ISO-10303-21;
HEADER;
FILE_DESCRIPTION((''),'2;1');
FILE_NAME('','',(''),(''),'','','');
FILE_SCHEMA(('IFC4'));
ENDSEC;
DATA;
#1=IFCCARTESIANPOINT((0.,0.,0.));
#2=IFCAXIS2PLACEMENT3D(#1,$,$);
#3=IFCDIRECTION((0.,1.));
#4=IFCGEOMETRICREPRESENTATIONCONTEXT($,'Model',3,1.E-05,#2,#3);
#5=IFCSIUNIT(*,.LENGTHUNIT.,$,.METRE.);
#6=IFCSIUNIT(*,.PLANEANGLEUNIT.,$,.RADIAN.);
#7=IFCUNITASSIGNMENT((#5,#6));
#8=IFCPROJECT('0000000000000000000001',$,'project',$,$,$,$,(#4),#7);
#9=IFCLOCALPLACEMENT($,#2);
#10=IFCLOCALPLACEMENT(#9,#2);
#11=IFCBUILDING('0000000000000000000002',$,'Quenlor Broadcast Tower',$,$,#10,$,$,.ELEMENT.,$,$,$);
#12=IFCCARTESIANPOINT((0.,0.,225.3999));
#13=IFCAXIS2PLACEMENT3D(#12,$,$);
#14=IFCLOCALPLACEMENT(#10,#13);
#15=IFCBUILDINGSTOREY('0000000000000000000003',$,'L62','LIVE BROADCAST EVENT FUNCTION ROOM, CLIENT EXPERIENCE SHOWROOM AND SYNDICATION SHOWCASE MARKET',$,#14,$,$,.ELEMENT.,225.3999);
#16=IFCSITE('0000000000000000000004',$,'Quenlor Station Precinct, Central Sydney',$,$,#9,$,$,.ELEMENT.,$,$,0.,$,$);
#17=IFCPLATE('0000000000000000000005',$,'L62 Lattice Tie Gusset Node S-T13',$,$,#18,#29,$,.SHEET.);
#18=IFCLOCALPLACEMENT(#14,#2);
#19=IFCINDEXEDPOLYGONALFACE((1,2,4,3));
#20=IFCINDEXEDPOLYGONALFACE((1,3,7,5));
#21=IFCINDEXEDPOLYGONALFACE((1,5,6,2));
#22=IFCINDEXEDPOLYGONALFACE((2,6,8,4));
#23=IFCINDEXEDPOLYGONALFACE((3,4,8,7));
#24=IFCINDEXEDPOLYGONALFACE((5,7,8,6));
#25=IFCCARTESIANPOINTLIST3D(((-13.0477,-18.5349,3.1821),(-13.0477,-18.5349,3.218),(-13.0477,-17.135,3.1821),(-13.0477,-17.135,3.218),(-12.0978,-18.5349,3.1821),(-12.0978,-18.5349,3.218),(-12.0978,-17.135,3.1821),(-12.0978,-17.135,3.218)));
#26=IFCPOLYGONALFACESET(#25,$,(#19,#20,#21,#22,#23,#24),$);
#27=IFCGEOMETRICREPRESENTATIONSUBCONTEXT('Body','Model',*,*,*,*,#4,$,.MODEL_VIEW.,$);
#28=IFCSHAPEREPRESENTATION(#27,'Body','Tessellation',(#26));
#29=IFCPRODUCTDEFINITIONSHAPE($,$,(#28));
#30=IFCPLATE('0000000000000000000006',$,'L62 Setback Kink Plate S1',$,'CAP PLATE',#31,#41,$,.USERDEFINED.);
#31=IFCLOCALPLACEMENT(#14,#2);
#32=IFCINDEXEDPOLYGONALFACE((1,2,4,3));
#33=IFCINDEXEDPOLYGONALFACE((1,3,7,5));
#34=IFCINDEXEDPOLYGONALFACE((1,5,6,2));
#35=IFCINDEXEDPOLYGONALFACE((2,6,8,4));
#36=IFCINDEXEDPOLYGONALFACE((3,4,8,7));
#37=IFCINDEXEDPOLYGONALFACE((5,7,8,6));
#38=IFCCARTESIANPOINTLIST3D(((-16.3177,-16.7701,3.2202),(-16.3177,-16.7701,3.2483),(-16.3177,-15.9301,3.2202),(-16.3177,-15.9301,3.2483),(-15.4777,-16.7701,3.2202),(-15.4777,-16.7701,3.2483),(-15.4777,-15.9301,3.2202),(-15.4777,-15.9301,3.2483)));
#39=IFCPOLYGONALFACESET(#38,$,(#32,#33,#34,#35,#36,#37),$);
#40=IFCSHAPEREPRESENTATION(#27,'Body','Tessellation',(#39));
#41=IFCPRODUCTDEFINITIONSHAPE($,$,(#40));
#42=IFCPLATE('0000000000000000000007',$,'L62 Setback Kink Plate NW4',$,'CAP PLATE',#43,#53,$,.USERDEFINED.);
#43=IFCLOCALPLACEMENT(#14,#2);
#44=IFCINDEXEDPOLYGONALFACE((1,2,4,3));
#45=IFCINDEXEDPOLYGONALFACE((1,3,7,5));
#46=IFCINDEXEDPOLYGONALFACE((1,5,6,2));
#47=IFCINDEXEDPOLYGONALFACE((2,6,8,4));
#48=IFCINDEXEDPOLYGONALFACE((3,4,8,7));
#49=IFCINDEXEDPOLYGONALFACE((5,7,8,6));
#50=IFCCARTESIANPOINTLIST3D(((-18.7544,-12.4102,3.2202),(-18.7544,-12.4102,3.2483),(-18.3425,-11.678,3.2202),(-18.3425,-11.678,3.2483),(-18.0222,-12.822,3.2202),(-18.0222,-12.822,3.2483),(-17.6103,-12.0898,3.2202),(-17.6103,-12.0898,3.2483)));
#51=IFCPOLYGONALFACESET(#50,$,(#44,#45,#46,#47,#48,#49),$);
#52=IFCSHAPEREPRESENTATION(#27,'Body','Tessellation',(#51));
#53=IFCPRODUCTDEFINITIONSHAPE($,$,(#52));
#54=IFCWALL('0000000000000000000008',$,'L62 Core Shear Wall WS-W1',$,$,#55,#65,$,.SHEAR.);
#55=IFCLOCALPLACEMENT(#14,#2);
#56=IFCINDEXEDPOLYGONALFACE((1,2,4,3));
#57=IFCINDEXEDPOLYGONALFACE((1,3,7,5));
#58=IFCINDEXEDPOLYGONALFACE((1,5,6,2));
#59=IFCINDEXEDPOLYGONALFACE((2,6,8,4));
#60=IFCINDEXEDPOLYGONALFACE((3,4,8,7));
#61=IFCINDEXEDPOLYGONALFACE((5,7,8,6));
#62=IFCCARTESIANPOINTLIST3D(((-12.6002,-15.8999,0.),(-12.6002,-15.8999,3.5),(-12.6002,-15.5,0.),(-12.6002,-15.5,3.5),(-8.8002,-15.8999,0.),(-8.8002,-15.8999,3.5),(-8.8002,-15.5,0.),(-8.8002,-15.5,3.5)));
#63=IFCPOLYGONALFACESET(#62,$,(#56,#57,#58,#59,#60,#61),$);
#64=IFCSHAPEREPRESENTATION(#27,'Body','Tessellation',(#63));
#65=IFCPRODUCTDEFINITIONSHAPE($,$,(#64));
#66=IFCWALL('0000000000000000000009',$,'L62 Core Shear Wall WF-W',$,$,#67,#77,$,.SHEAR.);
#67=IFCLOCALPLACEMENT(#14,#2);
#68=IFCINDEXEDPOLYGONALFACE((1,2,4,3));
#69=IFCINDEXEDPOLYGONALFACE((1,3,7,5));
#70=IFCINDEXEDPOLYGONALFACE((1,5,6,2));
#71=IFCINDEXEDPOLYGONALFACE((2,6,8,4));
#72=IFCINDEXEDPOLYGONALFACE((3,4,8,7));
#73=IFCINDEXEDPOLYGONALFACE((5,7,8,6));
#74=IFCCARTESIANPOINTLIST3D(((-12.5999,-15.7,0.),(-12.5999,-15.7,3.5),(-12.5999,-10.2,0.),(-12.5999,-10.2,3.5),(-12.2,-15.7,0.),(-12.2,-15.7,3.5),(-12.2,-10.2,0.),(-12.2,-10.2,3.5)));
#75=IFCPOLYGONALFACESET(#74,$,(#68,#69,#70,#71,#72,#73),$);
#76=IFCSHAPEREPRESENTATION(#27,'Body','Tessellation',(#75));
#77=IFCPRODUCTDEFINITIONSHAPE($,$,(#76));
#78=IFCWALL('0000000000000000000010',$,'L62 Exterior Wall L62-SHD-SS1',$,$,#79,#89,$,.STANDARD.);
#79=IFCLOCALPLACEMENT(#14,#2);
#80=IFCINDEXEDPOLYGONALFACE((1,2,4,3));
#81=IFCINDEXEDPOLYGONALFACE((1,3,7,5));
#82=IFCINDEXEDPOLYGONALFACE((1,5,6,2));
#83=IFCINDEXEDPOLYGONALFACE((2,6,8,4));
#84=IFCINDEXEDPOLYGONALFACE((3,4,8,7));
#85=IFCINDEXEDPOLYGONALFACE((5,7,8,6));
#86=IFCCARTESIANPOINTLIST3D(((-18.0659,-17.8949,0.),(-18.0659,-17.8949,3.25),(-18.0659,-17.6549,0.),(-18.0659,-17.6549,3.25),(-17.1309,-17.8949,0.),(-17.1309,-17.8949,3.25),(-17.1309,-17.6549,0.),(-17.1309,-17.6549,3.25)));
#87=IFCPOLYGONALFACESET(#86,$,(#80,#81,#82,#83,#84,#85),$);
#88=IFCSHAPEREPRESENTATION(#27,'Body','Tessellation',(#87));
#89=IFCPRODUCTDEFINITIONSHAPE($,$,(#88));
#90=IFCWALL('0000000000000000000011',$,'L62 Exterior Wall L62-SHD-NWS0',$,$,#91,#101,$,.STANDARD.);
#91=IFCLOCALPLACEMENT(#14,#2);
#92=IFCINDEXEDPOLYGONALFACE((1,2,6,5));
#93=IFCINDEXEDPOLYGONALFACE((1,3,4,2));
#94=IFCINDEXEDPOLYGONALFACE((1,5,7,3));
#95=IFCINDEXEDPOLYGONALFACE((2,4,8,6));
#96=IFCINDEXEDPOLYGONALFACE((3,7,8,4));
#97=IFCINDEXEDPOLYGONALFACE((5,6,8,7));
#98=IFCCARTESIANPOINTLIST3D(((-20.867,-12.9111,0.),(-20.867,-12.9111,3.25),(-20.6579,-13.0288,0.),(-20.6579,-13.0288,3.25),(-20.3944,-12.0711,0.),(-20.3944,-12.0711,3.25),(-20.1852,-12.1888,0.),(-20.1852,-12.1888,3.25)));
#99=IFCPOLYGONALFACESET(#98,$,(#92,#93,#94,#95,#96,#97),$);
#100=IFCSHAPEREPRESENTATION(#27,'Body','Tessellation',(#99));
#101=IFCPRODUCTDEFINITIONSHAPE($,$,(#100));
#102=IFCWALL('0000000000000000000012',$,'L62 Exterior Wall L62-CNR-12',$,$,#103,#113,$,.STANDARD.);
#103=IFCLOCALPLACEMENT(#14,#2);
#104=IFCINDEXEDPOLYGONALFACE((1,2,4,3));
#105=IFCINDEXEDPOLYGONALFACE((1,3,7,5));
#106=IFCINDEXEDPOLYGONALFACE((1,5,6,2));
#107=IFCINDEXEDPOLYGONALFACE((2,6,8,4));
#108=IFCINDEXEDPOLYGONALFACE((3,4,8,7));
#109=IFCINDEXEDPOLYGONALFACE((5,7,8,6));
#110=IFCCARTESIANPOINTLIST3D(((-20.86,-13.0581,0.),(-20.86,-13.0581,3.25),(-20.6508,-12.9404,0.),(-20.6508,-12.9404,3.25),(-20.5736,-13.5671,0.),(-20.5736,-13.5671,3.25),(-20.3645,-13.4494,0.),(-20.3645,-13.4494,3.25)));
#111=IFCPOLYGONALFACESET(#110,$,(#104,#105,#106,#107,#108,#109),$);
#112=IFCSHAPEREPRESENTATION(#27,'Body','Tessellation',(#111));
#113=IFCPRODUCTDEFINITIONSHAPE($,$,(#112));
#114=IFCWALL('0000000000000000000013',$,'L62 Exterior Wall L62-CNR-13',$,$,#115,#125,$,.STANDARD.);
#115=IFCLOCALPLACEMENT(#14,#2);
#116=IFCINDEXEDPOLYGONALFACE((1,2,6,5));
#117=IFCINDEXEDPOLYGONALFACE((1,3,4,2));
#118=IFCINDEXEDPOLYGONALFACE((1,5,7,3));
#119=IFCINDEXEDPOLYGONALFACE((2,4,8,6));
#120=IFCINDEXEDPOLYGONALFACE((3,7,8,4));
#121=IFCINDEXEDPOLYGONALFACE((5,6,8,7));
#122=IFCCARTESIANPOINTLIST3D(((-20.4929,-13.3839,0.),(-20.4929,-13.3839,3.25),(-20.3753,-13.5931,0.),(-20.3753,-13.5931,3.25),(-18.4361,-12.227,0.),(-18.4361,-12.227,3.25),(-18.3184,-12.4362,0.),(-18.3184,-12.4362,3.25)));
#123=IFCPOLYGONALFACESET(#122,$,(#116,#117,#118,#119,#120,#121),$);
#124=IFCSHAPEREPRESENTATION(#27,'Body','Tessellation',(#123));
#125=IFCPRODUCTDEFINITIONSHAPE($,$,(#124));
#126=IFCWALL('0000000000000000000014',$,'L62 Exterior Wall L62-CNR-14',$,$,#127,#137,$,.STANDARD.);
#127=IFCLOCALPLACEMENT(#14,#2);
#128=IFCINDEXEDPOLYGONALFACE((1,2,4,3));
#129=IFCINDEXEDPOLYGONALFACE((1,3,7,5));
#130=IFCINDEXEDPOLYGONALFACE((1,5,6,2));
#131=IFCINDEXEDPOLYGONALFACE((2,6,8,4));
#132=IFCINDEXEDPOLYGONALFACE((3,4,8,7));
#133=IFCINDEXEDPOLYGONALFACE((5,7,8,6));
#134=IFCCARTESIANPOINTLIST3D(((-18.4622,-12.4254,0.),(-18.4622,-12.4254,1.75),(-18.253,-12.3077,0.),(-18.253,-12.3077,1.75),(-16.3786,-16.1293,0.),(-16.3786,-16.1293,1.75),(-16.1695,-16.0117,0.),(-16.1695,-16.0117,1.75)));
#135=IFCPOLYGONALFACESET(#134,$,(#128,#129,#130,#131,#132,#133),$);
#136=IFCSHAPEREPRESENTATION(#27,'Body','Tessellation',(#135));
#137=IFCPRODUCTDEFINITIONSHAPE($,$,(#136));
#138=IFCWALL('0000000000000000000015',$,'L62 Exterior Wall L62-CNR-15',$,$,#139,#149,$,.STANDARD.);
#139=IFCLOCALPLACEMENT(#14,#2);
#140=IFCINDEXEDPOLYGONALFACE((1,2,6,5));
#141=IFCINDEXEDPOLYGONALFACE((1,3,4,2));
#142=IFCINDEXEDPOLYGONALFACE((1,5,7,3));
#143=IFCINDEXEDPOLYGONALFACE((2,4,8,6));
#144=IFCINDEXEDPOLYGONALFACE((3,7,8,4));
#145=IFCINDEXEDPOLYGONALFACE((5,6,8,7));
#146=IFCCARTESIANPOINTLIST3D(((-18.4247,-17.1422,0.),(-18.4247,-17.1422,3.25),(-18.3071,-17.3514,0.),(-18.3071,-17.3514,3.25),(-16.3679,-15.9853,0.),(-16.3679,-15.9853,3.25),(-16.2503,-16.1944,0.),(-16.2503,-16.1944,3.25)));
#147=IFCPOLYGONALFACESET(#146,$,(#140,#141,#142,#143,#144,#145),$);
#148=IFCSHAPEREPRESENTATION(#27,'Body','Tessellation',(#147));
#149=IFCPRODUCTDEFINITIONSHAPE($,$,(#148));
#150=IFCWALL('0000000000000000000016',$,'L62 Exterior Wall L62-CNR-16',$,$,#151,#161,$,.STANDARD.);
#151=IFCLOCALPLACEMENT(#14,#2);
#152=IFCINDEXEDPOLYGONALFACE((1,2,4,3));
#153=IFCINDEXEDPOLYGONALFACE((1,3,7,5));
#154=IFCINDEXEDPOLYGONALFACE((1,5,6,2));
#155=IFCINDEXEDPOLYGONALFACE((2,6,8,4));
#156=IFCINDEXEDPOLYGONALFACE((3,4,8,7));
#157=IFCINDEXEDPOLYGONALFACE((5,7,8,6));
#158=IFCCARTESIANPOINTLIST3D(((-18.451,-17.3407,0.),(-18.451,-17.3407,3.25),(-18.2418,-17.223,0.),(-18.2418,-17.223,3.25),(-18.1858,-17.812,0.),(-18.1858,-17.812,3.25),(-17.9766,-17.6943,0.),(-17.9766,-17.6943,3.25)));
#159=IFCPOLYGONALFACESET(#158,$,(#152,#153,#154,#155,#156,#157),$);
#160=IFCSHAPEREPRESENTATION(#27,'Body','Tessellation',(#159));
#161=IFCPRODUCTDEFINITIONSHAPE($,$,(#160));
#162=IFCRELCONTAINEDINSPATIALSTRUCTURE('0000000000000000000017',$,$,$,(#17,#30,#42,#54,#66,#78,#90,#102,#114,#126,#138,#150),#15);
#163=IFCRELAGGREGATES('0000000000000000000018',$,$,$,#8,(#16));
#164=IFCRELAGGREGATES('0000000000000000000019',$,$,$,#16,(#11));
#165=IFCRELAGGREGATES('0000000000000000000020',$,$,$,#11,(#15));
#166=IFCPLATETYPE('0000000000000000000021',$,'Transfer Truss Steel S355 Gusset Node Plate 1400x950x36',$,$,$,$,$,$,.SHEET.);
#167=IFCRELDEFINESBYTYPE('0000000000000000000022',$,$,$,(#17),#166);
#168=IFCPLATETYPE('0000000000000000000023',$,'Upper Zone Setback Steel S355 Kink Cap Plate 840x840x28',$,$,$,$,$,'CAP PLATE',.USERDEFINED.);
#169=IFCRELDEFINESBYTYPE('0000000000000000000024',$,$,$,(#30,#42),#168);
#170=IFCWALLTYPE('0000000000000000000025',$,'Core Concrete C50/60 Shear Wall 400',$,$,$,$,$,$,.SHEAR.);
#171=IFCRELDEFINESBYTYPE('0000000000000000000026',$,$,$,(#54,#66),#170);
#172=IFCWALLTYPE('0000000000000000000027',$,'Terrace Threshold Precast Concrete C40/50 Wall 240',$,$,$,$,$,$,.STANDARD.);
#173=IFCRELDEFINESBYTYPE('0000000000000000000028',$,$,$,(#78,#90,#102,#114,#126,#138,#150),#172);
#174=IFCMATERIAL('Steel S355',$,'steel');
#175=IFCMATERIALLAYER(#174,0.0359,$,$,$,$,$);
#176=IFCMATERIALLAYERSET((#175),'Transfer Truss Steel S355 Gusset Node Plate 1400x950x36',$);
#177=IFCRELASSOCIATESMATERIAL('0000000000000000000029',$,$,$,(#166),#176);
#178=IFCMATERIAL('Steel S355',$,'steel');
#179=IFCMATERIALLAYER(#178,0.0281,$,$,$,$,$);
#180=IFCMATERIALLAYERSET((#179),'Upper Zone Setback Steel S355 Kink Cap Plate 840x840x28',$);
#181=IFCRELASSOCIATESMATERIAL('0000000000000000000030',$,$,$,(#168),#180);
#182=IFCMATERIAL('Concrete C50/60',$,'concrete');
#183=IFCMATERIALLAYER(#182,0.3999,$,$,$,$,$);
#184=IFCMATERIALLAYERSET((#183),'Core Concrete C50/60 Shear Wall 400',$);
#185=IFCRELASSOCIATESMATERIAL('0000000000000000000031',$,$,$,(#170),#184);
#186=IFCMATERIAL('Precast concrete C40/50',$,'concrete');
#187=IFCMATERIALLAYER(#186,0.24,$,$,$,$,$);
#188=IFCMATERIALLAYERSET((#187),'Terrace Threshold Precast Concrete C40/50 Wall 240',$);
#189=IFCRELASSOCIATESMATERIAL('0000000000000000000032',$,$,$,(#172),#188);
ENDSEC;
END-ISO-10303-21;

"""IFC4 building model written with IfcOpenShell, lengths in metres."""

from ifc_helpers import new_model, si_unit, direction, frame, frame_2d, origin, origin_2d, place, context, subcontext, project, spatial, rectangle, extrude, material, layer, layer_set, type_object, element, save


model = new_model("IFC4")

# Units and contexts
model_context = context("Model", 3, precision=1e-05, world=origin(), true_north=direction((0.0, 1.0)))
body_context = subcontext(model_context, "Body", "Model", "MODEL_VIEW")
ifc_project = project(units=[si_unit("LENGTHUNIT", "METRE"), si_unit("PLANEANGLEUNIT", "RADIAN")], contexts=[model_context])

# Site, building, storey
site_placement = place(None, origin())
site = spatial("IfcSite", under=ifc_project, at=site_placement, Name="Quenlor Station Precinct, Central Sydney", CompositionType="ELEMENT", RefElevation=0.0)
building_placement = place(site_placement, origin())
building = spatial("IfcBuilding", under=site, at=building_placement, Name="Quenlor Broadcast Tower", CompositionType="ELEMENT")
storey_placement = place(building_placement, frame((0.0, 0.0, 225.3999)))
storey = spatial("IfcBuildingStorey", under=building, at=storey_placement, Name="L62", Description="LIVE BROADCAST EVENT FUNCTION ROOM, CLIENT EXPERIENCE SHOWROOM AND SYNDICATION SHOWCASE MARKET", CompositionType="ELEMENT", Elevation=225.3999)

# Plates
ifc_material_1 = material(Name="Steel S355", Category="steel")
ifc_layer_1 = layer(ifc_material_1, 0.0359)
ifc_layer_set_1 = layer_set([ifc_layer_1], Name="Transfer Truss Steel S355 Gusset Node Plate 1400x950x36")
plate_type_1 = type_object("IfcPlateType", Name="Transfer Truss Steel S355 Gusset Node Plate 1400x950x36", PredefinedType="SHEET", material=ifc_layer_set_1)
for number, where, z_axis, x_axis, name in (
    (1, (-12.5728, -17.835, 3.1821), (0.0, 0.0, 1.0), (0.0, -1.0, 0.0), "L62 Lattice Tie Gusset Node S-T13"),
):
    element("IfcPlate", number, at=place(storey_placement, frame(where, z_axis=z_axis, x_axis=x_axis)), inside=storey, type_object=plate_type_1, Name=name, PredefinedType="SHEET", context=body_context, shape_type="SweptSolid", body=[
        extrude(rectangle(XDim=1.3999, YDim=0.95, at=origin_2d()), origin(), (0.0, 0.0, 1.0), 0.0359),
    ])
ifc_material_2 = material(Name="Steel S355", Category="steel")
ifc_layer_2 = layer(ifc_material_2, 0.0281)
ifc_layer_set_2 = layer_set([ifc_layer_2], Name="Upper Zone Setback Steel S355 Kink Cap Plate 840x840x28")
plate_type_2 = type_object("IfcPlateType", Name="Upper Zone Setback Steel S355 Kink Cap Plate 840x840x28", ElementType="CAP PLATE", PredefinedType="USERDEFINED", material=ifc_layer_set_2)
for number, where, z_axis, x_axis, name in (
    (2, (-15.8977, -16.3501, 3.2202), (0.0, 0.0, 1.0), (0.0, 1.0, 0.0), "L62 Setback Kink Plate S1"),
    (3, (-18.1824, -12.25, 3.2202), (0.0, 0.0, 1.0), (-0.871575, 0.490262, 0.0), "L62 Setback Kink Plate NW4"),
):
    element("IfcPlate", number, at=place(storey_placement, frame(where, z_axis=z_axis, x_axis=x_axis)), inside=storey, type_object=plate_type_2, Name=name, ObjectType="CAP PLATE", PredefinedType="USERDEFINED", context=body_context, shape_type="SweptSolid", body=[
        extrude(rectangle(XDim=0.8401, YDim=0.8401, at=origin_2d()), origin(), (0.0, 0.0, 1.0), 0.0281),
    ])

# Walls
ifc_material_3 = material(Name="Concrete C50/60", Category="concrete")
ifc_layer_3 = layer(ifc_material_3, 0.3999)
ifc_layer_set_3 = layer_set([ifc_layer_3], Name="Core Concrete C50/60 Shear Wall 400")
wall_type_1 = type_object("IfcWallType", Name="Core Concrete C50/60 Shear Wall 400", PredefinedType="SHEAR", material=ifc_layer_set_3)
wall_1_placement = place(storey_placement, frame((-12.6001, -15.7, 0.0), z_axis=(0.0, 0.0, 1.0), x_axis=(1.0, 0.0, 0.0)))
element("IfcWall", 4, at=wall_1_placement, inside=storey, type_object=wall_type_1, Name="L62 Core Shear Wall WS-W1", PredefinedType="SHEAR", context=body_context, shape_type="SweptSolid", body=[
    extrude(rectangle(XDim=3.8, YDim=0.3999, at=frame_2d((1.8999, 0.0))), origin(), (0.0, 0.0, 1.0), 3.5),
])
wall_2_placement = place(storey_placement, frame((-12.3999, -15.7, 0.0), z_axis=(0.0, 0.0, 1.0), x_axis=(0.0, 1.0, 0.0)))
element("IfcWall", 5, at=wall_2_placement, inside=storey, type_object=wall_type_1, Name="L62 Core Shear Wall WF-W", PredefinedType="SHEAR", context=body_context, shape_type="SweptSolid", body=[
    extrude(rectangle(XDim=5.5, YDim=0.3999, at=frame_2d((2.75, 0.0))), origin(), (0.0, 0.0, 1.0), 3.5),
])
ifc_material_4 = material(Name="Precast concrete C40/50", Category="concrete")
ifc_layer_4 = layer(ifc_material_4, 0.24)
ifc_layer_set_4 = layer_set([ifc_layer_4], Name="Terrace Threshold Precast Concrete C40/50 Wall 240")
wall_type_2 = type_object("IfcWallType", Name="Terrace Threshold Precast Concrete C40/50 Wall 240", PredefinedType="STANDARD", material=ifc_layer_set_4)
wall_3_placement = place(storey_placement, frame((-17.1309, -17.7749, 0.0), z_axis=(0.0, 0.0, 1.0), x_axis=(-1.0, 0.0, 0.0)))
element("IfcWall", 6, at=wall_3_placement, inside=storey, type_object=wall_type_2, Name="L62 Exterior Wall L62-SHD-SS1", PredefinedType="STANDARD", context=body_context, shape_type="SweptSolid", body=[
    extrude(rectangle(XDim=0.9351, YDim=0.24, at=frame_2d((0.4675, 0.0))), origin(), (0.0, 0.0, 1.0), 3.25),
])
wall_4_placement = place(storey_placement, frame((-20.7625, -12.97, 0.0), z_axis=(0.0, 0.0, 1.0), x_axis=(0.490345, 0.871528, 0.0)))
element("IfcWall", 7, at=wall_4_placement, inside=storey, type_object=wall_type_2, Name="L62 Exterior Wall L62-SHD-NWS0", PredefinedType="STANDARD", context=body_context, shape_type="SweptSolid", body=[
    extrude(rectangle(XDim=0.9639, YDim=0.24, at=frame_2d((0.4819, 0.0))), origin(), (0.0, 0.0, 1.0), 3.25),
])
wall_5_placement = place(storey_placement, frame((-20.7554, -12.9993, 0.0), z_axis=(0.0, 0.0, 1.0), x_axis=(0.490321, -0.871542, 0.0)))
element("IfcWall", 8, at=wall_5_placement, inside=storey, type_object=wall_type_2, Name="L62 Exterior Wall L62-CNR-12", PredefinedType="STANDARD", context=body_context, shape_type="SweptSolid", body=[
    extrude(rectangle(XDim=0.584, YDim=0.24, at=frame_2d((0.292, 0.0))), origin(), (0.0, 0.0, 1.0), 3.25),
])
wall_6_placement = place(storey_placement, frame((-20.4341, -13.4885, 0.0), z_axis=(0.0, 0.0, 1.0), x_axis=(0.871578, 0.490256, 0.0)))
element("IfcWall", 9, at=wall_6_placement, inside=storey, type_object=wall_type_2, Name="L62 Exterior Wall L62-CNR-13", PredefinedType="STANDARD", context=body_context, shape_type="SweptSolid", body=[
    extrude(rectangle(XDim=2.3599, YDim=0.24, at=frame_2d((1.1799, 0.0))), origin(), (0.0, 0.0, 1.0), 3.25),
])
wall_7_placement = place(storey_placement, frame((-18.3577, -12.3665, 0.0), z_axis=(0.0, 0.0, 1.0), x_axis=(0.490275, -0.871568, 0.0)))
element("IfcWall", 10, at=wall_7_placement, inside=storey, type_object=wall_type_2, Name="L62 Exterior Wall L62-CNR-14", PredefinedType="STANDARD", context=body_context, shape_type="SweptSolid", body=[
    extrude(rectangle(XDim=4.2498, YDim=0.24, at=frame_2d((2.125, 0.0))), origin(), (0.0, 0.0, 1.0), 1.75),
])
wall_8_placement = place(storey_placement, frame((-16.3091, -16.0898, 0.0), z_axis=(0.0, 0.0, 1.0), x_axis=(-0.871578, -0.490256, 0.0)))
element("IfcWall", 11, at=wall_8_placement, inside=storey, type_object=wall_type_2, Name="L62 Exterior Wall L62-CNR-15", PredefinedType="STANDARD", context=body_context, shape_type="SweptSolid", body=[
    extrude(rectangle(XDim=2.3599, YDim=0.24, at=frame_2d((1.1799, 0.0))), origin(), (0.0, 0.0, 1.0), 3.25),
])
wall_9_placement = place(storey_placement, frame((-18.3464, -17.2817, 0.0), z_axis=(0.0, 0.0, 1.0), x_axis=(0.49039, -0.871503, 0.0)))
element("IfcWall", 12, at=wall_9_placement, inside=storey, type_object=wall_type_2, Name="L62 Exterior Wall L62-CNR-16", PredefinedType="STANDARD", context=body_context, shape_type="SweptSolid", body=[
    extrude(rectangle(XDim=0.5408, YDim=0.24, at=frame_2d((0.2705, 0.0))), origin(), (0.0, 0.0, 1.0), 3.25),
])

save(model, "model.ifc")
